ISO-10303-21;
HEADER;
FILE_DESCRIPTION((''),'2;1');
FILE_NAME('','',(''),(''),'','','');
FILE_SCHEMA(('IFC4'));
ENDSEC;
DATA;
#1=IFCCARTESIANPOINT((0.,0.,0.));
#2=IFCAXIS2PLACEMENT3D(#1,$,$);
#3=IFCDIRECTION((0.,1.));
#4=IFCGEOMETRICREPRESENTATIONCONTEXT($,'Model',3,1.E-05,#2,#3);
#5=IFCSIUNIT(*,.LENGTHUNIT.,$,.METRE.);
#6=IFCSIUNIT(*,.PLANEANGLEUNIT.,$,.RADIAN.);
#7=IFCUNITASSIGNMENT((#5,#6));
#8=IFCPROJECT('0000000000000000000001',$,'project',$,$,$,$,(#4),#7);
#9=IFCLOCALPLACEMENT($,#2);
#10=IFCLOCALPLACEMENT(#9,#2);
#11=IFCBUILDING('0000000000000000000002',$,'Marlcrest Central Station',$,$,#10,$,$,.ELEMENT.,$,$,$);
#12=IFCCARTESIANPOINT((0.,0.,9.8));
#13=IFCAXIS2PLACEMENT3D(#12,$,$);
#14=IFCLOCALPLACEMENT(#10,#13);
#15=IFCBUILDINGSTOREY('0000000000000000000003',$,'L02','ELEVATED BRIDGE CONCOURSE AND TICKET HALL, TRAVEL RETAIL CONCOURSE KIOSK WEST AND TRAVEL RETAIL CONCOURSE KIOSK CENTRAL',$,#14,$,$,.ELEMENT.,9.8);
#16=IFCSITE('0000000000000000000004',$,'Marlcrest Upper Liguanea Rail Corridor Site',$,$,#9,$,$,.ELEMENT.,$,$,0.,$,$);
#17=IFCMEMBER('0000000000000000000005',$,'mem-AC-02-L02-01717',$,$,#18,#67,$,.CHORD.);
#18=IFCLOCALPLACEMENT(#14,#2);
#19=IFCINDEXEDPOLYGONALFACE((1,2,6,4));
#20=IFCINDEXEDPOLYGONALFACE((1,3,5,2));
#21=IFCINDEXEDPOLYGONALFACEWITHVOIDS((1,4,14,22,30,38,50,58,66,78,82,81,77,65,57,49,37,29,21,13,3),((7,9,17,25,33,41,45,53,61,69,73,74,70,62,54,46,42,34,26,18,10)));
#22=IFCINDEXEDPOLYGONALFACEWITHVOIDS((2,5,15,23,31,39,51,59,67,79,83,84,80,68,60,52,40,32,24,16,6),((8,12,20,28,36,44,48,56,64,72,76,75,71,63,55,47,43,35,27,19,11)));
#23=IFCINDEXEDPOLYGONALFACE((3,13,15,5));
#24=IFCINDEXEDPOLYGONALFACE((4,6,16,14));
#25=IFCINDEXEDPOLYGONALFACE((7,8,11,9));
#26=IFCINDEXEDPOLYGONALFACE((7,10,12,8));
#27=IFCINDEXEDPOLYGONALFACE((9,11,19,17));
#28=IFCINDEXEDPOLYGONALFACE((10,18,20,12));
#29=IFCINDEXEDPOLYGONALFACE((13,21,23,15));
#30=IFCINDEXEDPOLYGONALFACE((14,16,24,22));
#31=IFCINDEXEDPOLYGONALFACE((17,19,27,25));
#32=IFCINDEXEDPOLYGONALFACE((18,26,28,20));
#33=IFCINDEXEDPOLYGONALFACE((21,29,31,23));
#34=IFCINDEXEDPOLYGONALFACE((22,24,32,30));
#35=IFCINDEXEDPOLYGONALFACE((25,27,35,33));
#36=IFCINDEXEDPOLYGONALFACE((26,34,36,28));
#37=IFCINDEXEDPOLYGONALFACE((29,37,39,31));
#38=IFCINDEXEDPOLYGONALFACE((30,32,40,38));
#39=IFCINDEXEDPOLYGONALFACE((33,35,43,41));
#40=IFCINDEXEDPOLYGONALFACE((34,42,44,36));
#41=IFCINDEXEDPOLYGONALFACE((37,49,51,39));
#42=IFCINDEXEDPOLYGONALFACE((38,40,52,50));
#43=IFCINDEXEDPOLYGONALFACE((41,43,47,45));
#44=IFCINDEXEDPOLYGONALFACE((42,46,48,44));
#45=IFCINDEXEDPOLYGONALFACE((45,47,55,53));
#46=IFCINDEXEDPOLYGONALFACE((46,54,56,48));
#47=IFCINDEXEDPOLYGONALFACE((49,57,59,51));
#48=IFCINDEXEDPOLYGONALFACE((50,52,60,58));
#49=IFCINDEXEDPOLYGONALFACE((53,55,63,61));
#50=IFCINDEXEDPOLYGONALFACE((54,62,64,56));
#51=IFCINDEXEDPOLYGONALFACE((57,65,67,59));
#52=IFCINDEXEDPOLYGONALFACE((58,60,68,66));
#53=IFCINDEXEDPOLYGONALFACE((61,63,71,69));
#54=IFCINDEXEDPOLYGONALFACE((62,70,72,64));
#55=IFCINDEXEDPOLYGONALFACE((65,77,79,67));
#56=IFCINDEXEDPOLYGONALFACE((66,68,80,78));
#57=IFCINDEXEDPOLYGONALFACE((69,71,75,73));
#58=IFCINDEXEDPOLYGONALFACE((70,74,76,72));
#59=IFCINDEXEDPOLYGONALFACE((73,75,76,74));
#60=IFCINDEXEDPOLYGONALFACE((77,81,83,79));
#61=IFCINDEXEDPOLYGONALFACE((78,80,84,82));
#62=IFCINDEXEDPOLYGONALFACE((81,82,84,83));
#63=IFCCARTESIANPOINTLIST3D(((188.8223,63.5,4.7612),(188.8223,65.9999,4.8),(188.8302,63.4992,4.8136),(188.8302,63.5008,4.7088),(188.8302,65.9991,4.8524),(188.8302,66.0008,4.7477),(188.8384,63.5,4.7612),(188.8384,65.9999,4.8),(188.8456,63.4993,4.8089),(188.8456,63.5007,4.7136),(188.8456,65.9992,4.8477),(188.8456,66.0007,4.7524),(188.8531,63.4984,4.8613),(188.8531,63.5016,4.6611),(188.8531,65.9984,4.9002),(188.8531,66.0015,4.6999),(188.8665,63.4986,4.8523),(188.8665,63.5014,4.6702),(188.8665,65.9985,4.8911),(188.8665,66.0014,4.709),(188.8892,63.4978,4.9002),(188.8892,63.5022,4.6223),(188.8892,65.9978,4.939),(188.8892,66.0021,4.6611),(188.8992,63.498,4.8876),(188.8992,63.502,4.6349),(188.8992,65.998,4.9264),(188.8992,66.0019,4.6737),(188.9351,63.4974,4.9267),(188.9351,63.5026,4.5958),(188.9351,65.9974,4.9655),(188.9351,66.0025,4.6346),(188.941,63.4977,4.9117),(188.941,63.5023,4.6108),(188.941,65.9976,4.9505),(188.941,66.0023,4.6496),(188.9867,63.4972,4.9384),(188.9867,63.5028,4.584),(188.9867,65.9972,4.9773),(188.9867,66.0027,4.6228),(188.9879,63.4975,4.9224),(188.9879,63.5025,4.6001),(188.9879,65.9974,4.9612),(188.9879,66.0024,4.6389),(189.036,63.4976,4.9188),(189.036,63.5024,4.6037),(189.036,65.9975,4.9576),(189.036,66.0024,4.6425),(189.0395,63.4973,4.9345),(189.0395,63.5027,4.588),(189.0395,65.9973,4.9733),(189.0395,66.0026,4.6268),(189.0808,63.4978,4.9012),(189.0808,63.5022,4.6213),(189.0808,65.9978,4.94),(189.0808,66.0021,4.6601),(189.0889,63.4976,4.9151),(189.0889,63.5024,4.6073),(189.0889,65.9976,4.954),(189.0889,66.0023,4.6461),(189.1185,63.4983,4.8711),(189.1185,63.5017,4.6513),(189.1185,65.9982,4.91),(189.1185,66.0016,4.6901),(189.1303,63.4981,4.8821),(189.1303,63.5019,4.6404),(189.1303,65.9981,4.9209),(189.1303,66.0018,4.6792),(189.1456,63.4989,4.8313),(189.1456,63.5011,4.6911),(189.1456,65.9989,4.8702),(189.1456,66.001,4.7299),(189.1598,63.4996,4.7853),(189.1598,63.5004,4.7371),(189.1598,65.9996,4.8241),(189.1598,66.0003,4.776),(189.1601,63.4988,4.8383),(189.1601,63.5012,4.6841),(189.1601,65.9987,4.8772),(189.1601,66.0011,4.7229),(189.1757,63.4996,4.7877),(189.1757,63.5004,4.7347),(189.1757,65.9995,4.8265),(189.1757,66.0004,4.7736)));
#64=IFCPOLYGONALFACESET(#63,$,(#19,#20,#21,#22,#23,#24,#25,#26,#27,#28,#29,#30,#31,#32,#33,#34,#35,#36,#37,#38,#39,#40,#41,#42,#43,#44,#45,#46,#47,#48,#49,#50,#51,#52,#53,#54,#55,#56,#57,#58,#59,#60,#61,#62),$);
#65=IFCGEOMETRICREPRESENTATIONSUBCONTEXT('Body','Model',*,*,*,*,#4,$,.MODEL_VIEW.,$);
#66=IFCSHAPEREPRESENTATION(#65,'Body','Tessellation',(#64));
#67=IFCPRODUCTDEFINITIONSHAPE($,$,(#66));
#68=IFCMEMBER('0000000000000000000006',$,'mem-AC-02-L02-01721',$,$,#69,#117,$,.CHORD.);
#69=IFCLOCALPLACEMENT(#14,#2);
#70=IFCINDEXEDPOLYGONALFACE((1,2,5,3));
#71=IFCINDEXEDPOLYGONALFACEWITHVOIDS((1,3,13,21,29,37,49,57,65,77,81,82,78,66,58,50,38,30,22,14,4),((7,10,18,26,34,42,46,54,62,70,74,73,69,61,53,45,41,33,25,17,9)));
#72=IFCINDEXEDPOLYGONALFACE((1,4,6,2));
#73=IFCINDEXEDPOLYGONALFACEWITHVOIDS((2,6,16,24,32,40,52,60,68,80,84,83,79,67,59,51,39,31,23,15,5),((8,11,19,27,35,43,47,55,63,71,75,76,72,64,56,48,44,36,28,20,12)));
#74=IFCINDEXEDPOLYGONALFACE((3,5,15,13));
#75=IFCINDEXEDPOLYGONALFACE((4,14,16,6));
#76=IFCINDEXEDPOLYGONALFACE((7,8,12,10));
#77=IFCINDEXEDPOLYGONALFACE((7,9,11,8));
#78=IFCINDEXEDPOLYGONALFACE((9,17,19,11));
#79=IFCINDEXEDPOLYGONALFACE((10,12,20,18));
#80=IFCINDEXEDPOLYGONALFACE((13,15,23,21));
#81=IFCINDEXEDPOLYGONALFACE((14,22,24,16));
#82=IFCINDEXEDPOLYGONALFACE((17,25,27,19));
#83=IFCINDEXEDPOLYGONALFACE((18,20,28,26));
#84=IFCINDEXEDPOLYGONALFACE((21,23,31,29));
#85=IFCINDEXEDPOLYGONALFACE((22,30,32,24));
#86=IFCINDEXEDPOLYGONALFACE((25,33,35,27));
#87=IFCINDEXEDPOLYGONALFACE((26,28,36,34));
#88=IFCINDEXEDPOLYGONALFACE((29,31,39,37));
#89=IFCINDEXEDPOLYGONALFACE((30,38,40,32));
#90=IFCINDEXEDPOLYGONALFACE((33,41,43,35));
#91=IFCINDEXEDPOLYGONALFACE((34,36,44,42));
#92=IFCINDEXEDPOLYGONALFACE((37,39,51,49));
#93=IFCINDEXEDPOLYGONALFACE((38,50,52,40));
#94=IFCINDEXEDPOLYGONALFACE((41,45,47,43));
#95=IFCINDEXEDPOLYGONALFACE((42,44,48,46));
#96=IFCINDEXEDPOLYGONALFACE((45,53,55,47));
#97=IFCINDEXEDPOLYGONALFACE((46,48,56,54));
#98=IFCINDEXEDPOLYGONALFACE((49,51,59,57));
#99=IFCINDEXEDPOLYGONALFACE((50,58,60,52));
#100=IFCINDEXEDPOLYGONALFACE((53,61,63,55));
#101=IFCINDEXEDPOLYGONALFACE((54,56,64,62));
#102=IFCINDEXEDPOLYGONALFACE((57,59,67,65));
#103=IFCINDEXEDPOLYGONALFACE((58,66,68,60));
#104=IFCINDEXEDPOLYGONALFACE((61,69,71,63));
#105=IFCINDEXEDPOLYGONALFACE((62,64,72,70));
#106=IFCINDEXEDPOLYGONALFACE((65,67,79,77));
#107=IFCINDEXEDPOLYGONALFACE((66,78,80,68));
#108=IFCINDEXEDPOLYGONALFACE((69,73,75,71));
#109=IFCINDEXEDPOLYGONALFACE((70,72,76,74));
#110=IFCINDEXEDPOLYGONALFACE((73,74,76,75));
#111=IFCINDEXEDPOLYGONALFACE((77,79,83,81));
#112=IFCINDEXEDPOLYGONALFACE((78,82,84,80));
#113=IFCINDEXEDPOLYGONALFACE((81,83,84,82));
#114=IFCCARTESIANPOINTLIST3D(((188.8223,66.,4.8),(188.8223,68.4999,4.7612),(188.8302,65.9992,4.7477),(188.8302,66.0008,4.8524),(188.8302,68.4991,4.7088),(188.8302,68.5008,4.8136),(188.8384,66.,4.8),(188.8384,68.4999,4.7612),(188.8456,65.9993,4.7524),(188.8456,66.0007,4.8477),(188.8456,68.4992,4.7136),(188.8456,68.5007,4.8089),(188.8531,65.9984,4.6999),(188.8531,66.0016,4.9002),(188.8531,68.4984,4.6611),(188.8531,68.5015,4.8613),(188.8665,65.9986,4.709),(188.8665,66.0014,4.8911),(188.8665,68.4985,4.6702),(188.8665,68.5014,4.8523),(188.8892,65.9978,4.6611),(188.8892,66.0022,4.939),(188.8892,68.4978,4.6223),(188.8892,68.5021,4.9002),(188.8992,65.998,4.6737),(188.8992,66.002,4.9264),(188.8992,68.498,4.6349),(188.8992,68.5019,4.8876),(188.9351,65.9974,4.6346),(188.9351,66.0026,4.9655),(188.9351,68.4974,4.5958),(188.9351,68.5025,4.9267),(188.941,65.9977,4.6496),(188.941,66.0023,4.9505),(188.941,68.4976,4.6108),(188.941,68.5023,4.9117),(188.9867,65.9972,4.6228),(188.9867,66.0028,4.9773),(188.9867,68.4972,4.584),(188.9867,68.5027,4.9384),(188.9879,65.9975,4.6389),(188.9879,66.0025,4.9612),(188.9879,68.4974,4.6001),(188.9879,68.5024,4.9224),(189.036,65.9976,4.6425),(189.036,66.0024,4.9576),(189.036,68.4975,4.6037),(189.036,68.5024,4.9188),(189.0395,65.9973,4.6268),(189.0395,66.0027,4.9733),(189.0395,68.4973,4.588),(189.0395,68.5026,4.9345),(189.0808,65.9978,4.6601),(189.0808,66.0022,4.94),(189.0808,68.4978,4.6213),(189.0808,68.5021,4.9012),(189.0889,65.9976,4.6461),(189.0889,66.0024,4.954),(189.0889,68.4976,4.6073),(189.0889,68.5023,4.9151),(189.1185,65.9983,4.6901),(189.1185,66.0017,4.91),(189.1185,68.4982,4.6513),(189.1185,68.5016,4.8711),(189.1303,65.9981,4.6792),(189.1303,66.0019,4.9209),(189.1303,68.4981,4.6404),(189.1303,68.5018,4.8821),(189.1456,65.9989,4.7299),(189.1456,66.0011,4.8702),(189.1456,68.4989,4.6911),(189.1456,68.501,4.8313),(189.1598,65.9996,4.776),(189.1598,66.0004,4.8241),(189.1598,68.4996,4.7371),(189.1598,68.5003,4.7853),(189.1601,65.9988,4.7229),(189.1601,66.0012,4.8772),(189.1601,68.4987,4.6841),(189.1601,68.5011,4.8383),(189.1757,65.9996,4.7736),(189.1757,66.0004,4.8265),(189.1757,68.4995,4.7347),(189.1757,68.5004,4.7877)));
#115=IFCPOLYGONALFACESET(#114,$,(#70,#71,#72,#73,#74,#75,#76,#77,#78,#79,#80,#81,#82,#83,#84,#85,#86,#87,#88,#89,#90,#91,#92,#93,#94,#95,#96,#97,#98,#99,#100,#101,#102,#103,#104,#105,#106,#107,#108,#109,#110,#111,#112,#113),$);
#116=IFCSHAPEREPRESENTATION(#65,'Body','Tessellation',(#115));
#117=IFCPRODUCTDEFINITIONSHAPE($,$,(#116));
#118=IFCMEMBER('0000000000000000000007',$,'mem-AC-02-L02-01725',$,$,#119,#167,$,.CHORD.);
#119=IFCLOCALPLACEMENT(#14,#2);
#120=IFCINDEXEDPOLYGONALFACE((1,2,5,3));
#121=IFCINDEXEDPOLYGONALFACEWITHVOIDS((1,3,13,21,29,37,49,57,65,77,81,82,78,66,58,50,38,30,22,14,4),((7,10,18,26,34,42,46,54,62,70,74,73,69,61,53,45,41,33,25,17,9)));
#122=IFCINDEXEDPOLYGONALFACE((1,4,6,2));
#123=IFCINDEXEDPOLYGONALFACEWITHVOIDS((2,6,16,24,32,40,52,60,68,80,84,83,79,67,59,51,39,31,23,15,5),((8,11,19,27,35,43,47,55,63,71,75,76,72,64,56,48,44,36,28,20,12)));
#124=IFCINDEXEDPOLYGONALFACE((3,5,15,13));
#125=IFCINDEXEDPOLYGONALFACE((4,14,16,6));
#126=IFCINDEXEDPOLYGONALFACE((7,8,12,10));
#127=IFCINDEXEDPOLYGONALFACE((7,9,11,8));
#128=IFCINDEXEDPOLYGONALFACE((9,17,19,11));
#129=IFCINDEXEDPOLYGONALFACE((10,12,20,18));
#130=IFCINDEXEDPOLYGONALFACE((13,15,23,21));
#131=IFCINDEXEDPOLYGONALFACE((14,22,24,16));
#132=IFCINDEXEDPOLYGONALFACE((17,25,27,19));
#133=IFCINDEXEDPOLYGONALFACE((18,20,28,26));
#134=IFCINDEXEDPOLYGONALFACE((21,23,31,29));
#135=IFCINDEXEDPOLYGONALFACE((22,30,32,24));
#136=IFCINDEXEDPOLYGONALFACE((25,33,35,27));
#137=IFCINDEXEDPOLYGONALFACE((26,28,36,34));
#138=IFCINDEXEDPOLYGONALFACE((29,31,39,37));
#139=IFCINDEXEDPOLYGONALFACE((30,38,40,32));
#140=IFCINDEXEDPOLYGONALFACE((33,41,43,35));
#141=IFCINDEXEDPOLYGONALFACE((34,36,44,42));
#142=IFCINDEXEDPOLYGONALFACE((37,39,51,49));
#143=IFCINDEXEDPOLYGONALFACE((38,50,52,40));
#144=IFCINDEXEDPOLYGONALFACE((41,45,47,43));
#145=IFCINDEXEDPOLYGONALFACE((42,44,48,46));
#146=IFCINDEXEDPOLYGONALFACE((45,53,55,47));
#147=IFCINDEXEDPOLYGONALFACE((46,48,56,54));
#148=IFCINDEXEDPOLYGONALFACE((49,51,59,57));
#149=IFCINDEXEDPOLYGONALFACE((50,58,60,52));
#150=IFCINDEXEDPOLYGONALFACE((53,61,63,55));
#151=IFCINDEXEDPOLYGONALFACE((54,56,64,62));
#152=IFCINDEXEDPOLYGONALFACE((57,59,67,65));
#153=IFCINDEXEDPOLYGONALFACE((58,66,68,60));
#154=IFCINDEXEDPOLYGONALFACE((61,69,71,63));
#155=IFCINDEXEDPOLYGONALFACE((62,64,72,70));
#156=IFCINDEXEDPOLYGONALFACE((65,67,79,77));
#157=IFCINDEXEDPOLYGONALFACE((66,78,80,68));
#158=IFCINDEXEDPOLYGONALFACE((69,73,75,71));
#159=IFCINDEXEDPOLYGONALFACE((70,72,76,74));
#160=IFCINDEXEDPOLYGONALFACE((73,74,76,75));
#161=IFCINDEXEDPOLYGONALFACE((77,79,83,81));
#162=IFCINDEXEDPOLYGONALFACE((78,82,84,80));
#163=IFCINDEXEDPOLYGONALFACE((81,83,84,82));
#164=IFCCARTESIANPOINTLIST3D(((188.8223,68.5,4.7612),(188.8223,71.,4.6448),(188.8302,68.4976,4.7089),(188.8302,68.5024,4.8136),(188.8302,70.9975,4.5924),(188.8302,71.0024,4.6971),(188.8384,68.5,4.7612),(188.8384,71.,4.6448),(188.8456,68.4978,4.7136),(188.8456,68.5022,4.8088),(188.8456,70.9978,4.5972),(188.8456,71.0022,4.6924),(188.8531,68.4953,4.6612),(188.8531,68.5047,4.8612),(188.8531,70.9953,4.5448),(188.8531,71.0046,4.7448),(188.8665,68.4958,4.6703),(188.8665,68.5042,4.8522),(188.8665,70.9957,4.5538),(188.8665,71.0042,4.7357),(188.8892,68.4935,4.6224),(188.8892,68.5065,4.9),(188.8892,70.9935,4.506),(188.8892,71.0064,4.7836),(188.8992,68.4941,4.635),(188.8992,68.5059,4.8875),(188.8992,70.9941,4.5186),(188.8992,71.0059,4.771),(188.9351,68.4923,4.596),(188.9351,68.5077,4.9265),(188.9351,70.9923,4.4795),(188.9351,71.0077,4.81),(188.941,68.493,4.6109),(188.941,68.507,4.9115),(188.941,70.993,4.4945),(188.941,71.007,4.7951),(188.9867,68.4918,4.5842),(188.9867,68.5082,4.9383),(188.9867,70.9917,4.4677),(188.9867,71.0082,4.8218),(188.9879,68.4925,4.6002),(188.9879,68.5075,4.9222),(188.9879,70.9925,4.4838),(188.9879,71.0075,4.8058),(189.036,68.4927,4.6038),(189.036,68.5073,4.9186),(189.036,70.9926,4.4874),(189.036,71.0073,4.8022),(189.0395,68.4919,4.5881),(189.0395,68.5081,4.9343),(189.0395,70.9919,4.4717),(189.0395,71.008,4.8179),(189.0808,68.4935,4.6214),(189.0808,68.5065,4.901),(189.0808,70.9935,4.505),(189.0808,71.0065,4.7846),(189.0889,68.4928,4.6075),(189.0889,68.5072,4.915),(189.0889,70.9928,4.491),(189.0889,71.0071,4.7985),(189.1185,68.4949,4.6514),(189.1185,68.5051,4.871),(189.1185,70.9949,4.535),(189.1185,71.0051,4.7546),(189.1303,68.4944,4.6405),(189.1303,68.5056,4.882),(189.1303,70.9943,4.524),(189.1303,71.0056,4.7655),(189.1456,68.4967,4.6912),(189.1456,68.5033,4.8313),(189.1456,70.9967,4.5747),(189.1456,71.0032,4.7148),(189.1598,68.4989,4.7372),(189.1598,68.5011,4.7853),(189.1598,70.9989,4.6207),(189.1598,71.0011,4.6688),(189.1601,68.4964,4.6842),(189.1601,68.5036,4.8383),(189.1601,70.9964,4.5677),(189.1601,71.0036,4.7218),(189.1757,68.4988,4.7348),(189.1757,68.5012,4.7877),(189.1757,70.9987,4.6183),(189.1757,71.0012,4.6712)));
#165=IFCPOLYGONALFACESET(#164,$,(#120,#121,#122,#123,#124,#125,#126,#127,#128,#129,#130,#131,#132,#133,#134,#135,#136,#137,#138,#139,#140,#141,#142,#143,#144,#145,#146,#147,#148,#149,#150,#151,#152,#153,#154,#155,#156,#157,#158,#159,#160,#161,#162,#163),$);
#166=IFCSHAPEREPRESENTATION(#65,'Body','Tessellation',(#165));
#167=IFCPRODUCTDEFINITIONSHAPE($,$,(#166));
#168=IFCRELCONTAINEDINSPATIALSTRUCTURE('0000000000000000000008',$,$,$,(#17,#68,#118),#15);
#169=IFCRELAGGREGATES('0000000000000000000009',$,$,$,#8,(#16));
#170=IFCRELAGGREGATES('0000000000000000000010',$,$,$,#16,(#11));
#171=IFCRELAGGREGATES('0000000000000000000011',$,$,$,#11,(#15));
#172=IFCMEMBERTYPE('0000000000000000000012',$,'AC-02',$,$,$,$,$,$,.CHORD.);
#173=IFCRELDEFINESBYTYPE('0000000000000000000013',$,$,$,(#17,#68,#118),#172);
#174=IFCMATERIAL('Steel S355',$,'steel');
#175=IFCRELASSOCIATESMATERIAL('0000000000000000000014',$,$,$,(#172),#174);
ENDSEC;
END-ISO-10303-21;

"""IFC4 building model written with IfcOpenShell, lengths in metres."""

from ifc_helpers import new_model, si_unit, direction, frame, origin, origin_2d, place, context, subcontext, project, spatial, hollow_circle, extrude, material, material_profile, profile_set, type_object, element, save


model = new_model("IFC4")

# Units and contexts
model_context = context("Model", 3, precision=1e-05, world=origin(), true_north=direction((0.0, 1.0)))
body_context = subcontext(model_context, "Body", "Model", "MODEL_VIEW")
ifc_project = project(units=[si_unit("LENGTHUNIT", "METRE"), si_unit("PLANEANGLEUNIT", "RADIAN")], contexts=[model_context])

# Site, building, storey
site_placement = place(None, origin())
site = spatial("IfcSite", under=ifc_project, at=site_placement, Name="Marlcrest Upper Liguanea Rail Corridor Site", CompositionType="ELEMENT", RefElevation=0.0)
building_placement = place(site_placement, origin())
building = spatial("IfcBuilding", under=site, at=building_placement, Name="Marlcrest Central Station", CompositionType="ELEMENT")
storey_placement = place(building_placement, frame((0.0, 0.0, 9.8)))
storey = spatial("IfcBuildingStorey", under=building, at=storey_placement, Name="L02", Description="ELEVATED BRIDGE CONCOURSE AND TICKET HALL, TRAVEL RETAIL CONCOURSE KIOSK WEST AND TRAVEL RETAIL CONCOURSE KIOSK CENTRAL", CompositionType="ELEMENT", Elevation=9.8)

# Members
ifc_material = material(Name="Steel S355", Category="steel")
ifc_material_profile_1 = material_profile(ifc_material, hollow_circle(Radius=0.1777, WallThickness=0.0161, at=origin_2d()), Name="CHS 355.6x16")
ifc_profile_set_1 = profile_set([ifc_material_profile_1], Name="Steel S355")
member_type_1 = type_object("IfcMemberType", Name="AC-02", PredefinedType="CHORD", material=ifc_profile_set_1)
for number, where, z_axis, x_axis, name in (
    (1, (189.0, 63.5, 4.7612), (0.0, 0.999879, 0.015525), (-1.0, 0.0, 0.0), "mem-AC-02-L02-01717"),
    (2, (189.0, 66.0, 4.8), (0.0, 0.999879, -0.015525), (-1.0, 0.0, 0.0), "mem-AC-02-L02-01721"),
):
    element("IfcMember", number, at=place(storey_placement, frame(where, z_axis=z_axis, x_axis=x_axis)), inside=storey, type_object=member_type_1, Name=name, PredefinedType="CHORD", context=body_context, shape_type="SweptSolid", body=[
        extrude(hollow_circle(Radius=0.1777, WallThickness=0.0161, at=origin_2d()), origin(), (0.0, 0.0, 1.0), 2.5002),
    ])
member_1_placement = place(storey_placement, frame((189.0, 68.5, 4.7612), z_axis=(0.0, 0.998917, -0.046532), x_axis=(-1.0, 0.0, 0.0)))
element("IfcMember", 3, at=member_1_placement, inside=storey, type_object=member_type_1, Name="mem-AC-02-L02-01725", PredefinedType="CHORD", context=body_context, shape_type="SweptSolid", body=[
    extrude(hollow_circle(Radius=0.1777, WallThickness=0.0161, at=origin_2d()), origin(), (0.0, 0.0, 1.0), 2.5027),
])

save(model, "model.ifc")
